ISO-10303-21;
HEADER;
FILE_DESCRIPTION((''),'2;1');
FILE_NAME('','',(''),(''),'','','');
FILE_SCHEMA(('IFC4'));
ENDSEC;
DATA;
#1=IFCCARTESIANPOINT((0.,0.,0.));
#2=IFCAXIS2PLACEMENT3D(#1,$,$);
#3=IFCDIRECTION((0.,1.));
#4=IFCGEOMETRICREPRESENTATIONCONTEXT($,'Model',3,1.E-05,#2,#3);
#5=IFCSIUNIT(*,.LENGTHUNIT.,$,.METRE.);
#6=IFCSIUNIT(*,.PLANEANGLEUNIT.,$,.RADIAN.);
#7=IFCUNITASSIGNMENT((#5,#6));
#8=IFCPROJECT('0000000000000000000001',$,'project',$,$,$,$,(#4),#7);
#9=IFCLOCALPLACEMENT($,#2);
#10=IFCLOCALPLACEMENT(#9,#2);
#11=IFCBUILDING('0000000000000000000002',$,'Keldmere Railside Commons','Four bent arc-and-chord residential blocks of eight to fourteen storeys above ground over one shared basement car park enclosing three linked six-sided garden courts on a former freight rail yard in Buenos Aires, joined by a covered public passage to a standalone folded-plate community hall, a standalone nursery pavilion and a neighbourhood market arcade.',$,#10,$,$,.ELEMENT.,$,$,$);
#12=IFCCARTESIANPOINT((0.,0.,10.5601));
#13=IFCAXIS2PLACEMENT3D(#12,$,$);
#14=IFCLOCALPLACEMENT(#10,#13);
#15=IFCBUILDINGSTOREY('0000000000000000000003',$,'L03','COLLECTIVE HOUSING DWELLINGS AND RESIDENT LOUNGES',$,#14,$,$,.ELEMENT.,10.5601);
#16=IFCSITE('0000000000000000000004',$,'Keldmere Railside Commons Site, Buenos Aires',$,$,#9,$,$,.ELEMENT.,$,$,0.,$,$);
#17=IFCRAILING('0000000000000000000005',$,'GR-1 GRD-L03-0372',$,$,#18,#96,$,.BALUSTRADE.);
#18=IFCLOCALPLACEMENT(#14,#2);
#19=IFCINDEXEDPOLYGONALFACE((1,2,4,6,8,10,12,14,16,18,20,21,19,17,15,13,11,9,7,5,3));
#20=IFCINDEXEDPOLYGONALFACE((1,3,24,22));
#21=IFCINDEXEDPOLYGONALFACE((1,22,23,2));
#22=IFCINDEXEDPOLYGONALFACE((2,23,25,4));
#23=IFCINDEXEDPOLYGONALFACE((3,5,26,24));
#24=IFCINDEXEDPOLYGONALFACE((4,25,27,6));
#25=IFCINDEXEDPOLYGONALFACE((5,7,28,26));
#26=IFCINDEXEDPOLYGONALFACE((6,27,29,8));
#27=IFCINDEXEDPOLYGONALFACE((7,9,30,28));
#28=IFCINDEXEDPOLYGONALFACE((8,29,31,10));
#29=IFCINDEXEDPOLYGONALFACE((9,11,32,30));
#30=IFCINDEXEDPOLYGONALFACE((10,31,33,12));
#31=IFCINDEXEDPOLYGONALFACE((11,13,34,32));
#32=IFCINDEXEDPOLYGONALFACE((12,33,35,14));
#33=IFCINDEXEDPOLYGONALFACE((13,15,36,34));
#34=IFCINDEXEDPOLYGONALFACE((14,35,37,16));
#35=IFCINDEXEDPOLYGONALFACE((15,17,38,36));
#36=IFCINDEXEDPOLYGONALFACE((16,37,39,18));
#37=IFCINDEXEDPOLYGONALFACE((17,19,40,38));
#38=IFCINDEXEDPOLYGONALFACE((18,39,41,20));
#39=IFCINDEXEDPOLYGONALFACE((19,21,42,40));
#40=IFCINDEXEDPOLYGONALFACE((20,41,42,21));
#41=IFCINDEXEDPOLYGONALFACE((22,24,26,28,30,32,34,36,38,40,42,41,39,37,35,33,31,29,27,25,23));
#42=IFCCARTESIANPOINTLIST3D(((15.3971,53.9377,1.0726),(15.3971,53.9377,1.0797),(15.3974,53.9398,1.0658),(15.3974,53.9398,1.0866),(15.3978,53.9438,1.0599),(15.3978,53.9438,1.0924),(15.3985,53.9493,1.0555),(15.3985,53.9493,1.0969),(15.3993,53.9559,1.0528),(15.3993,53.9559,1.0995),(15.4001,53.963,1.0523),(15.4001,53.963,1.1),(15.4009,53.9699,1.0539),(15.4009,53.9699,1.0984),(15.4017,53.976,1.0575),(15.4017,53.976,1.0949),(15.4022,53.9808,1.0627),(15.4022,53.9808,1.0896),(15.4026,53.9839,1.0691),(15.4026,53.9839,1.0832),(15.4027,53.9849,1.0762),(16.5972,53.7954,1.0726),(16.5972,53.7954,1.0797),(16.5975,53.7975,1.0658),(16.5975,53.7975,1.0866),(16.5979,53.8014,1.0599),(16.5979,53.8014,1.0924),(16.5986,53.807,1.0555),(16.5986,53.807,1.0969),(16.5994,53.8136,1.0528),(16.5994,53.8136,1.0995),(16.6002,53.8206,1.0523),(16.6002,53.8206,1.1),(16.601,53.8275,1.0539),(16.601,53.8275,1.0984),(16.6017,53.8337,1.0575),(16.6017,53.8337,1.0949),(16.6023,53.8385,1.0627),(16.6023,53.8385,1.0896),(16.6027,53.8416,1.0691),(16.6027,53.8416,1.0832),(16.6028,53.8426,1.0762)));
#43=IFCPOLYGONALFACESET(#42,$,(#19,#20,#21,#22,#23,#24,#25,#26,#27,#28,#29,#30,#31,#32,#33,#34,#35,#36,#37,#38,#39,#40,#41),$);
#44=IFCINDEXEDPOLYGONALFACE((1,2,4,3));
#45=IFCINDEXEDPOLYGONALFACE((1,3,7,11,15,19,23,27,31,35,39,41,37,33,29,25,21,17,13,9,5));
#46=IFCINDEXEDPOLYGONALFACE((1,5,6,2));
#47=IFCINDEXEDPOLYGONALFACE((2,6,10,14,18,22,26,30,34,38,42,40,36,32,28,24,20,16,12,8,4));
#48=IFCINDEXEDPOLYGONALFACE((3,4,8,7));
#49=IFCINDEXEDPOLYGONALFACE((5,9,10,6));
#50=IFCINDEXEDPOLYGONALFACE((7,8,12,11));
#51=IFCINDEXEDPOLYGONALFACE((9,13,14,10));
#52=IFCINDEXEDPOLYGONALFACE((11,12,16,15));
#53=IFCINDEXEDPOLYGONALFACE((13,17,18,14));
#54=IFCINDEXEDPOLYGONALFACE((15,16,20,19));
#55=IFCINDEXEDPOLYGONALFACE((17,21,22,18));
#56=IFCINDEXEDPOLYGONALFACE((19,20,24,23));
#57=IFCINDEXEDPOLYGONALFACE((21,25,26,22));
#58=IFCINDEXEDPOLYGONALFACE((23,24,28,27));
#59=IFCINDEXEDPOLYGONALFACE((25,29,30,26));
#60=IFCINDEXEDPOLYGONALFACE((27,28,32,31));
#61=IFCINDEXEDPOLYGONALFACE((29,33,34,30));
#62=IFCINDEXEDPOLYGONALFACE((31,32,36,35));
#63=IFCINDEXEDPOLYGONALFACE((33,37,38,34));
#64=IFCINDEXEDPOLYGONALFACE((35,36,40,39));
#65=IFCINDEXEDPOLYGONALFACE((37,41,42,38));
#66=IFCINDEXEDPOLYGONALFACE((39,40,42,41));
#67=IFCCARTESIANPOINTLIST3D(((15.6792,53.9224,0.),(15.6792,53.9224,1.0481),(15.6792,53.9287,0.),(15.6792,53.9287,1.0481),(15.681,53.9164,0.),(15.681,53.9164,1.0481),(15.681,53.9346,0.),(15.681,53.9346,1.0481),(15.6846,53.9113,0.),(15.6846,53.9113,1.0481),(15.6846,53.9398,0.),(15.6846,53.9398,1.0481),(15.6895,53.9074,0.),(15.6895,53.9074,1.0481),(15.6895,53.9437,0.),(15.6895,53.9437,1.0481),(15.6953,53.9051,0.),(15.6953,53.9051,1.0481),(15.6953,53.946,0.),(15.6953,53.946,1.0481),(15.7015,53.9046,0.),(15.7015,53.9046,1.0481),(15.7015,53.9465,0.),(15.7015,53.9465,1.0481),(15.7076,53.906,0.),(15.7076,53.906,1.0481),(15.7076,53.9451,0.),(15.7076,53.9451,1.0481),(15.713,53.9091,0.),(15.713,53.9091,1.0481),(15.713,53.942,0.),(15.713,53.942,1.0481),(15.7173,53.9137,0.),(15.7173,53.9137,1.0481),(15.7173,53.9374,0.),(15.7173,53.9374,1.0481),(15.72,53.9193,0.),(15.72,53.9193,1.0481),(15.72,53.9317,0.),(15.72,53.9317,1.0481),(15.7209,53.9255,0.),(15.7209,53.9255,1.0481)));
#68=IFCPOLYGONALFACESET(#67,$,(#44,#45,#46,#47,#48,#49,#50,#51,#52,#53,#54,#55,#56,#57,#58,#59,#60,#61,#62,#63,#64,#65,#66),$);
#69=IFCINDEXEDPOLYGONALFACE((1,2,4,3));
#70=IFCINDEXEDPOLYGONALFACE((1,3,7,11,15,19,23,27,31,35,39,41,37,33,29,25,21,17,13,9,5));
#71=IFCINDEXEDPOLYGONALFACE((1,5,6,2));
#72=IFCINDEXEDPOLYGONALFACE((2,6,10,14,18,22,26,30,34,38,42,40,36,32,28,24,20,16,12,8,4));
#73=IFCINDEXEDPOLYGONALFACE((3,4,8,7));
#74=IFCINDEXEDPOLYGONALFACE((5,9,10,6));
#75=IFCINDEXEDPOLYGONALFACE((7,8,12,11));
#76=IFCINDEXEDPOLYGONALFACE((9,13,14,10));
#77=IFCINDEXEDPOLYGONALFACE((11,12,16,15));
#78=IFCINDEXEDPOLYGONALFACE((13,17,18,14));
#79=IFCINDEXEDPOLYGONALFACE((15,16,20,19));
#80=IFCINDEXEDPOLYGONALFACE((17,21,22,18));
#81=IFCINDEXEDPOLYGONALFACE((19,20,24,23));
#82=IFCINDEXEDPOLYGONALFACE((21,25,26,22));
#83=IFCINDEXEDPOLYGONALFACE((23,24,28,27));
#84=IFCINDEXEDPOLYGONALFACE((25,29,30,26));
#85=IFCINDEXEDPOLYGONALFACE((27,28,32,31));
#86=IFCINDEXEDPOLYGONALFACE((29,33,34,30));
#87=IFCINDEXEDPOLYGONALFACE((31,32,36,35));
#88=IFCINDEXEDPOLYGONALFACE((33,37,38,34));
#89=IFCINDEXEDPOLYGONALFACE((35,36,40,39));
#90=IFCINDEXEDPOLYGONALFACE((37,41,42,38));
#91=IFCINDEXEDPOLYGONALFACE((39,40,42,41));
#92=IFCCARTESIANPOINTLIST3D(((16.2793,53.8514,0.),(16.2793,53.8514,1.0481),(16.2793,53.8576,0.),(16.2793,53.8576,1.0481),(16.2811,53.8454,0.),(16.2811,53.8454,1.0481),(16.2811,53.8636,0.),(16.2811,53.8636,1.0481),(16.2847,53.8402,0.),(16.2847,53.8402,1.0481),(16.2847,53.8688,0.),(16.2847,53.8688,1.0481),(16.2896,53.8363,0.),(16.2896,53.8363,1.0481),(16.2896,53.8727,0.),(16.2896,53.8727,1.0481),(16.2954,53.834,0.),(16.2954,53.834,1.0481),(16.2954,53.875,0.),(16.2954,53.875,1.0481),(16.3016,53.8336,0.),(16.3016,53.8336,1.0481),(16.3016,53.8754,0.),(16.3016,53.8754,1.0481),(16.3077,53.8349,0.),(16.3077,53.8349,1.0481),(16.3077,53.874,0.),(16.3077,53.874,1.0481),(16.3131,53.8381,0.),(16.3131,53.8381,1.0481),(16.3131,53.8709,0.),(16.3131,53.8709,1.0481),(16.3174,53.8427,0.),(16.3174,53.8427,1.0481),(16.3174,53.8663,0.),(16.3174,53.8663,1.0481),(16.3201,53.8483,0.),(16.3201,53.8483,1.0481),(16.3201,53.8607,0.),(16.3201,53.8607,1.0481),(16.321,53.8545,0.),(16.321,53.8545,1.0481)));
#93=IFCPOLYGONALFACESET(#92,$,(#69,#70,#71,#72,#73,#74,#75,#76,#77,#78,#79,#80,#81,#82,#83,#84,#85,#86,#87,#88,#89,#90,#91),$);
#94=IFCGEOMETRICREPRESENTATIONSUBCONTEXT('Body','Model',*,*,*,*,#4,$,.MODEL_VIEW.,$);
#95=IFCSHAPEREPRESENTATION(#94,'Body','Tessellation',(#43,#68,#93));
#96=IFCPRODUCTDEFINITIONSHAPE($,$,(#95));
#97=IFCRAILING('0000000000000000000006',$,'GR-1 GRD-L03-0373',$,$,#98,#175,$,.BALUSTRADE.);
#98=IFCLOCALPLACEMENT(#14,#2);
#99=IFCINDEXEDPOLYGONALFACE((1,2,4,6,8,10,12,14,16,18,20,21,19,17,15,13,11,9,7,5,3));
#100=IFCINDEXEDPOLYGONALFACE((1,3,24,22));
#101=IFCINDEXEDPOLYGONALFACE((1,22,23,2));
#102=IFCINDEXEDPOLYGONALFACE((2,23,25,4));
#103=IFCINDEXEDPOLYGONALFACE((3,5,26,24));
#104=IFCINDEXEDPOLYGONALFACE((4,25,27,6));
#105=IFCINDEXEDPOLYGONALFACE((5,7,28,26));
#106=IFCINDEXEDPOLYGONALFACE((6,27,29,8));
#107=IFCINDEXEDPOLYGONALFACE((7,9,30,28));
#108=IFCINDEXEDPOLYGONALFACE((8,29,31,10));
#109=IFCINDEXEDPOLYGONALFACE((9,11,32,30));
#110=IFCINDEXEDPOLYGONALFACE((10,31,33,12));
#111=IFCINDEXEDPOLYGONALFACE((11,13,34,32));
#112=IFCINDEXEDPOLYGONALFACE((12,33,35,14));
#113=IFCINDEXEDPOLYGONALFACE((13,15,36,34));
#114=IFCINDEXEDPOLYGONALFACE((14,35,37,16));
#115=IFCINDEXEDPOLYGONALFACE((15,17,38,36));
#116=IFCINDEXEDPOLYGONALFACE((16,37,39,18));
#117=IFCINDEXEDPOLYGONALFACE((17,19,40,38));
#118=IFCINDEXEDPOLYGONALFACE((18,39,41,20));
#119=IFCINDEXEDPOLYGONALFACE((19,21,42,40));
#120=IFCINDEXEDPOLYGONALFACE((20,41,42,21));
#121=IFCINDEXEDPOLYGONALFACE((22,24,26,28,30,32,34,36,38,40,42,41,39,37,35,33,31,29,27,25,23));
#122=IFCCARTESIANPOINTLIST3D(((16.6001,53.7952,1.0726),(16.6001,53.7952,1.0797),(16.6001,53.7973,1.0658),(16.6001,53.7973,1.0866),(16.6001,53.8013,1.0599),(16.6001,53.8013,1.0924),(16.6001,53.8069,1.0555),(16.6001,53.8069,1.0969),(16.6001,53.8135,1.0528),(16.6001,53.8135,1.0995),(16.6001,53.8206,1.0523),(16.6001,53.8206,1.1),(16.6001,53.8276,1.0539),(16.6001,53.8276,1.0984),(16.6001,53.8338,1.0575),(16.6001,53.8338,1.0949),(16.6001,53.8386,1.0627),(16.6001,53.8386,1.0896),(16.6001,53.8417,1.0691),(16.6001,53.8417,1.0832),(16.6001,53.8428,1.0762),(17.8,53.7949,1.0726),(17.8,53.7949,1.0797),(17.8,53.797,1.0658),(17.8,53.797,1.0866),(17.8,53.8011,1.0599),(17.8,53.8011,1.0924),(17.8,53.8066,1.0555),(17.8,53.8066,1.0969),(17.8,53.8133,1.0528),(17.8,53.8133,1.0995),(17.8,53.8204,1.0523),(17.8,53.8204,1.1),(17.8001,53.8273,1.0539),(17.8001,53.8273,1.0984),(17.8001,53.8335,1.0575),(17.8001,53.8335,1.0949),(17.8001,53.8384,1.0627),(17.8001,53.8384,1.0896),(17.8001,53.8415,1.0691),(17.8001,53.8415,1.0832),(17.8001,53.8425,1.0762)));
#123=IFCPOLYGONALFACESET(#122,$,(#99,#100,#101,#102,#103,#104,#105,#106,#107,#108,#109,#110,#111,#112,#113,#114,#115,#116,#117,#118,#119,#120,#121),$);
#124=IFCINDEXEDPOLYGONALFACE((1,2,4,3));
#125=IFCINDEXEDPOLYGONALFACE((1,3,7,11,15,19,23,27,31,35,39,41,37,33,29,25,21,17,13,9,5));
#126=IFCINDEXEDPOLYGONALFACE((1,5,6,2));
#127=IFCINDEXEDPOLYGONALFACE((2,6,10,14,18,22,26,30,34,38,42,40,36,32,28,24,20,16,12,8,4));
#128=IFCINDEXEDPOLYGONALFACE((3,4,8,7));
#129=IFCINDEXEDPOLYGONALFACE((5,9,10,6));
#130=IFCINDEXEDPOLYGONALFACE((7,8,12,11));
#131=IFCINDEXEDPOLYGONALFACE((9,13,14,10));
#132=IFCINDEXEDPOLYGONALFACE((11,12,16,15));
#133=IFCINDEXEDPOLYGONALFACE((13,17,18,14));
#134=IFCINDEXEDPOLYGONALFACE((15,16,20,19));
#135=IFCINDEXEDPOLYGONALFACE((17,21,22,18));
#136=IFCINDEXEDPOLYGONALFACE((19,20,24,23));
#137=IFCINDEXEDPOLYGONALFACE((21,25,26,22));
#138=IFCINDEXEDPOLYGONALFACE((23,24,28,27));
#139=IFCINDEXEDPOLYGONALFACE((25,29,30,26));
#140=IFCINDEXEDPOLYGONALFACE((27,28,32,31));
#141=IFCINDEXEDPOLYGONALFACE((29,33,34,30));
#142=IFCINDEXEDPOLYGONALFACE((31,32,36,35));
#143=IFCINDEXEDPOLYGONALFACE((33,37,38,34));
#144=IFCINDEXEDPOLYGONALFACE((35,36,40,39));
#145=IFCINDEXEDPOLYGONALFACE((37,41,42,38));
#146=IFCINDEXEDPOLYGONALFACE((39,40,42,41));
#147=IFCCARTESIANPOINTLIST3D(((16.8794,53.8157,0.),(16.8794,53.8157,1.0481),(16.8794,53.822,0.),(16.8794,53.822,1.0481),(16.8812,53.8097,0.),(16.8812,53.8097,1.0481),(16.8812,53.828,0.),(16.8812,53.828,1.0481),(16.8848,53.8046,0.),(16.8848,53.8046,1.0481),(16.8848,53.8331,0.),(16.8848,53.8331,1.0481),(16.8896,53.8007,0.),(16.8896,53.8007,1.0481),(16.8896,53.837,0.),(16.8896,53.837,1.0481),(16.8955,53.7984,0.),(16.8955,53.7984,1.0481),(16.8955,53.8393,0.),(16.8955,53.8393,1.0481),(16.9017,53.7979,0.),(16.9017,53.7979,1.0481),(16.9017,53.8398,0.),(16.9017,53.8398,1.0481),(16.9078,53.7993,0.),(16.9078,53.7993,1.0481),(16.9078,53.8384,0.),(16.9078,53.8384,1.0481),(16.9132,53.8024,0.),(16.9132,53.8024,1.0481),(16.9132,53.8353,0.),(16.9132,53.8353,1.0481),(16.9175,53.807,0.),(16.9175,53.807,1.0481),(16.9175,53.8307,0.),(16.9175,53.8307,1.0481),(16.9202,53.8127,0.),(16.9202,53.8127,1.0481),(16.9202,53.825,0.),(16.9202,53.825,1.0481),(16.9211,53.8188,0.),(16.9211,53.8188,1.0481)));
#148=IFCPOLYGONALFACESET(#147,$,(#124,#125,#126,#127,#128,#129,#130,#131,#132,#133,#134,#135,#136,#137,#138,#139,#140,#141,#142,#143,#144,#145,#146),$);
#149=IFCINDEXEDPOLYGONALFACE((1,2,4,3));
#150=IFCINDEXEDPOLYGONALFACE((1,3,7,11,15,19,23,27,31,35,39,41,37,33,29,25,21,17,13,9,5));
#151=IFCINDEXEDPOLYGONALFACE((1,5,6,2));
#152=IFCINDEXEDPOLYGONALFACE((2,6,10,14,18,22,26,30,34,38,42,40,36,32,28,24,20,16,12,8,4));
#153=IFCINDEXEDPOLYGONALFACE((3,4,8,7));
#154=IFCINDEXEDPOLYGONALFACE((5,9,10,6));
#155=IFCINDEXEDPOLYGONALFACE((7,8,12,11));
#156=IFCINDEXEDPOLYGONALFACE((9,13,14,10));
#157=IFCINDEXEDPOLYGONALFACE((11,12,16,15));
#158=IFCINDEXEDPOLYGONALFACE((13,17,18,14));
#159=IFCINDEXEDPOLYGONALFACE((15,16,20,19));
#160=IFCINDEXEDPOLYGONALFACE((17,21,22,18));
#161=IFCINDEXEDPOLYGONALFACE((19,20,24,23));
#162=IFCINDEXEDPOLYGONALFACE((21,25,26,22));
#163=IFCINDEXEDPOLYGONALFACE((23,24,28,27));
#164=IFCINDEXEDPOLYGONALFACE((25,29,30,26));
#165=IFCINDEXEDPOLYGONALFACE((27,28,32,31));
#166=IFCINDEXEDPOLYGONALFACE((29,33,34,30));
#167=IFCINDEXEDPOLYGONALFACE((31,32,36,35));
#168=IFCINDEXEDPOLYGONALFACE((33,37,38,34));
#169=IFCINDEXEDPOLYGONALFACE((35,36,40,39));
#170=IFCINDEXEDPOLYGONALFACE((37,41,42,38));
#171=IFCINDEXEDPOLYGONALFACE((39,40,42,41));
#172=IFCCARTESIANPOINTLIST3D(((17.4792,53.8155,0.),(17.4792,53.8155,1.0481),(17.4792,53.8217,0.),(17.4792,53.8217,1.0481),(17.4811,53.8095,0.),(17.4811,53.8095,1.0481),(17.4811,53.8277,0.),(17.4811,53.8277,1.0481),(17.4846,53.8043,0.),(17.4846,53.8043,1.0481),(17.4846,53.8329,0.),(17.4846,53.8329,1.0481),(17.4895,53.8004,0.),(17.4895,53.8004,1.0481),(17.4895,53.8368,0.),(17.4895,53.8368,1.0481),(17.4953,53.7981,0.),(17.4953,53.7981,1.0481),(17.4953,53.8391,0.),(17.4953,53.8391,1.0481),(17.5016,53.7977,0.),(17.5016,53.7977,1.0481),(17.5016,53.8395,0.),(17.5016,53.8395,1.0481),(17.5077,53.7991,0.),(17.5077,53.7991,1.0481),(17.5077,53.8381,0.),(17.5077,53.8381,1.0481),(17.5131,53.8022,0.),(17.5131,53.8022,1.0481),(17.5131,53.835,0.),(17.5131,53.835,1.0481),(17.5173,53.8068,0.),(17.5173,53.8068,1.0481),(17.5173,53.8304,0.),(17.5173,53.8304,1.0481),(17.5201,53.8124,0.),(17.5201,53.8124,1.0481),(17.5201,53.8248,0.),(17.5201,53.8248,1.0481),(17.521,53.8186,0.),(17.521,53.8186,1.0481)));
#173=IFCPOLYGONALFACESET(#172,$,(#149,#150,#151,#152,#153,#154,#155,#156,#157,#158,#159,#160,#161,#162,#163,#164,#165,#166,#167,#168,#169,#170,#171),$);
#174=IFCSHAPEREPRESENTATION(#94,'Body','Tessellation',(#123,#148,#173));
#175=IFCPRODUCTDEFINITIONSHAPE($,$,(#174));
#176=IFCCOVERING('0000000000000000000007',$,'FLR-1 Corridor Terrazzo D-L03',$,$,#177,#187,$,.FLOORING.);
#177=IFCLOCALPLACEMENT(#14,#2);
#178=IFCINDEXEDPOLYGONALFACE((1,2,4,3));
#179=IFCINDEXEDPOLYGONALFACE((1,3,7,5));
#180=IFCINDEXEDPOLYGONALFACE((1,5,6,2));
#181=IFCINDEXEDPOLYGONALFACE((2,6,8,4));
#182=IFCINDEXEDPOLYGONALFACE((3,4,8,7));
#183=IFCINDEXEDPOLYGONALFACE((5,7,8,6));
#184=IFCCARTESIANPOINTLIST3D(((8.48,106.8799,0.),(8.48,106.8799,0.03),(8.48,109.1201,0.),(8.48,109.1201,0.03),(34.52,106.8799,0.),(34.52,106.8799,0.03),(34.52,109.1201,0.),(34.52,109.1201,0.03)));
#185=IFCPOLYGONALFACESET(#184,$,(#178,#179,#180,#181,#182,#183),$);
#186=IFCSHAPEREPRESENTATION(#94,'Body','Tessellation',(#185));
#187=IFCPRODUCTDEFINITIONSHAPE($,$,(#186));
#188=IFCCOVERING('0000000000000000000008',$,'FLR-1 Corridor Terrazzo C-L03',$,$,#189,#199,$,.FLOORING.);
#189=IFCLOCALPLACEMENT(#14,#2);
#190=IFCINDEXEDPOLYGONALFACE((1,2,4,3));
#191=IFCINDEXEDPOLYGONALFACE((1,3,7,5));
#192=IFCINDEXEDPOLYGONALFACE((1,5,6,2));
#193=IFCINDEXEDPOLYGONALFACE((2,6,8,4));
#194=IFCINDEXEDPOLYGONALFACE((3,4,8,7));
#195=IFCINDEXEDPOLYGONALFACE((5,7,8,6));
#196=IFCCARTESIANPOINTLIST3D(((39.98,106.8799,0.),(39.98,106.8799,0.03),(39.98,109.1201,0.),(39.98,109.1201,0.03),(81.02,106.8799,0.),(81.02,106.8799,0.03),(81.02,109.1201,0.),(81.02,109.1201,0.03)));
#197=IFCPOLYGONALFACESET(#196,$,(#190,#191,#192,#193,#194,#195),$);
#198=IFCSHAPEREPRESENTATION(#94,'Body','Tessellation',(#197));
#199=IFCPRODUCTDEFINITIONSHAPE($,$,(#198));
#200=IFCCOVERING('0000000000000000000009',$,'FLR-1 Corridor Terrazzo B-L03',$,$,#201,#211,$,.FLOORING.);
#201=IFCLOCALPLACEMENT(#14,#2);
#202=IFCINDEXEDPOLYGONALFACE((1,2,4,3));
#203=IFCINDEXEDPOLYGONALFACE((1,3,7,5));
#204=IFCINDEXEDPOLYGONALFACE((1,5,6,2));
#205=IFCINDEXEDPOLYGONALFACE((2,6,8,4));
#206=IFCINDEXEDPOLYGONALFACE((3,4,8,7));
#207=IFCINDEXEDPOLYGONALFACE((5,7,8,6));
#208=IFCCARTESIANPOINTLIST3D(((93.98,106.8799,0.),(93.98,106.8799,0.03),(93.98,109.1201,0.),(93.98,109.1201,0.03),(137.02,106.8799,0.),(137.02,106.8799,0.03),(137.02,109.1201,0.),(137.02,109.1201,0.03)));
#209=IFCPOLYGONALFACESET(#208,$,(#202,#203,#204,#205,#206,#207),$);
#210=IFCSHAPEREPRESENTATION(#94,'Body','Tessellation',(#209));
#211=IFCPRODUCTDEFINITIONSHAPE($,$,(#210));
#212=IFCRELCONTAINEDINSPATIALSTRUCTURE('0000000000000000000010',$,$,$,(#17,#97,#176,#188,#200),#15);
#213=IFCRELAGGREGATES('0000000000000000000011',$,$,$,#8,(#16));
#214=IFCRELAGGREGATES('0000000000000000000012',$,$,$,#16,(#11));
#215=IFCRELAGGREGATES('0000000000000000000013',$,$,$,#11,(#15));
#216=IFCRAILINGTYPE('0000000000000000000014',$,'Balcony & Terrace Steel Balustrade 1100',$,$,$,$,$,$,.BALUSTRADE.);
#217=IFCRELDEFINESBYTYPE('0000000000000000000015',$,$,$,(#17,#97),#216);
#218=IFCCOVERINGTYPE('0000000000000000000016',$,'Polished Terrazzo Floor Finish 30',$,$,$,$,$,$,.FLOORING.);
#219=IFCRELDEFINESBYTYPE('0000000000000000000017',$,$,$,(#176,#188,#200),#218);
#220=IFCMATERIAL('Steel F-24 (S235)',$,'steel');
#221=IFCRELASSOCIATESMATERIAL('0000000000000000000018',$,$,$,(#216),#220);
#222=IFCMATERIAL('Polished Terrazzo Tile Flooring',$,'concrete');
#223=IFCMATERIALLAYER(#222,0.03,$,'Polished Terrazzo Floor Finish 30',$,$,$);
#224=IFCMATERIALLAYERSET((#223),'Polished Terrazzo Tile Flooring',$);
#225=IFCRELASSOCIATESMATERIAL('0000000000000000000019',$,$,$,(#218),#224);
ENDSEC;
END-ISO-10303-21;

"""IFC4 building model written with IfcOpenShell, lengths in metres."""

from ifc_helpers import new_model, si_unit, direction, frame, origin, origin_2d, place, context, subcontext, project, spatial, polyline, circle, outline, extrude, material, layer, layer_set, type_object, element, save


model = new_model("IFC4")

# Units and contexts
model_context = context("Model", 3, precision=1e-05, world=origin(), true_north=direction((0.0, 1.0)))
body_context = subcontext(model_context, "Body", "Model", "MODEL_VIEW")
ifc_project = project(units=[si_unit("LENGTHUNIT", "METRE"), si_unit("PLANEANGLEUNIT", "RADIAN")], contexts=[model_context])

# Site, building, storey
site_placement = place(None, origin())
site = spatial("IfcSite", under=ifc_project, at=site_placement, Name="Keldmere Railside Commons Site, Buenos Aires", CompositionType="ELEMENT", RefElevation=0.0)
building_placement = place(site_placement, origin())
building = spatial("IfcBuilding", under=site, at=building_placement, Name="Keldmere Railside Commons", Description="Four bent arc-and-chord residential blocks of eight to fourteen storeys above ground over one shared basement car park enclosing three linked six-sided garden courts on a former freight rail yard in Buenos Aires, joined by a covered public passage to a standalone folded-plate community hall, a standalone nursery pavilion and a neighbourhood market arcade.", CompositionType="ELEMENT")
storey_placement = place(building_placement, frame((0.0, 0.0, 10.5601)))
storey = spatial("IfcBuildingStorey", under=building, at=storey_placement, Name="L03", Description="COLLECTIVE HOUSING DWELLINGS AND RESIDENT LOUNGES", CompositionType="ELEMENT", Elevation=10.5601)

# Railings
ifc_material_1 = material(Name="Steel F-24 (S235)", Category="steel")
railing_type = type_object("IfcRailingType", Name="Balcony & Terrace Steel Balustrade 1100", PredefinedType="BALUSTRADE", material=ifc_material_1)
railing_1_placement = place(storey_placement, frame((15.3999, 53.9612, 0.0)))
element("IfcRailing", 1, at=railing_1_placement, inside=storey, type_object=railing_type, Name="GR-1 GRD-L03-0372", PredefinedType="BALUSTRADE", context=body_context, shape_type="SweptSolid", body=[
    extrude(circle(Radius=0.0239, at=origin_2d()), frame((0.0, 0.0, 1.0762), z_axis=(0.993041, -0.117767, 0.0), x_axis=(0.117767, 0.993041, 0.0)), (0.0, 0.0, 1.0), 1.2085),
    extrude(circle(Radius=0.021, at=origin_2d()), frame((0.3, -0.0356, 0.0)), (0.0, 0.0, 1.0), 1.0481),
    extrude(circle(Radius=0.021, at=origin_2d()), frame((0.9001, -0.1067, 0.0)), (0.0, 0.0, 1.0), 1.0481),
])
railing_2_placement = place(storey_placement, frame((16.6001, 53.8188, 0.0)))
element("IfcRailing", 2, at=railing_2_placement, inside=storey, type_object=railing_type, Name="GR-1 GRD-L03-0373", PredefinedType="BALUSTRADE", context=body_context, shape_type="SweptSolid", body=[
    extrude(circle(Radius=0.0239, at=origin_2d()), frame((0.0, 0.0, 1.0762), z_axis=(1.0, -0.000203, 0.0), x_axis=(0.000203, 1.0, 0.0)), (0.0, 0.0, 1.0), 1.2),
    extrude(circle(Radius=0.021, at=origin_2d()), frame((0.3, 0.0, 0.0)), (0.0, 0.0, 1.0), 1.0481),
    extrude(circle(Radius=0.021, at=origin_2d()), frame((0.8999, -0.0002, 0.0)), (0.0, 0.0, 1.0), 1.0481),
])

# Coverings
ifc_material_2 = material(Name="Polished Terrazzo Tile Flooring", Category="concrete")
ifc_layer_1 = layer(ifc_material_2, 0.03, Name="Polished Terrazzo Floor Finish 30")
ifc_layer_set_1 = layer_set([ifc_layer_1], Name="Polished Terrazzo Tile Flooring")
covering_type_1 = type_object("IfcCoveringType", Name="Polished Terrazzo Floor Finish 30", PredefinedType="FLOORING", material=ifc_layer_set_1)
covering_1_placement = place(storey_placement, origin())
element("IfcCovering", 3, at=covering_1_placement, inside=storey, type_object=covering_type_1, Name="FLR-1 Corridor Terrazzo D-L03", PredefinedType="FLOORING", context=body_context, shape_type="SweptSolid", body=[
    extrude(outline(polyline([(8.48, 106.8799), (34.52, 106.8799), (34.52, 109.1201), (8.48, 109.1201), (8.48, 106.8799)])), origin(), (0.0, 0.0, 1.0), 0.03),
])
covering_2_placement = place(storey_placement, origin())
element("IfcCovering", 4, at=covering_2_placement, inside=storey, type_object=covering_type_1, Name="FLR-1 Corridor Terrazzo C-L03", PredefinedType="FLOORING", context=body_context, shape_type="SweptSolid", body=[
    extrude(outline(polyline([(39.98, 106.8799), (81.02, 106.8799), (81.02, 109.1201), (39.98, 109.1201), (39.98, 106.8799)])), origin(), (0.0, 0.0, 1.0), 0.03),
])
covering_3_placement = place(storey_placement, origin())
element("IfcCovering", 5, at=covering_3_placement, inside=storey, type_object=covering_type_1, Name="FLR-1 Corridor Terrazzo B-L03", PredefinedType="FLOORING", context=body_context, shape_type="SweptSolid", body=[
    extrude(outline(polyline([(93.98, 106.8799), (137.02, 106.8799), (137.02, 109.1201), (93.98, 109.1201), (93.98, 106.8799)])), origin(), (0.0, 0.0, 1.0), 0.03),
])

save(model, "model.ifc")
